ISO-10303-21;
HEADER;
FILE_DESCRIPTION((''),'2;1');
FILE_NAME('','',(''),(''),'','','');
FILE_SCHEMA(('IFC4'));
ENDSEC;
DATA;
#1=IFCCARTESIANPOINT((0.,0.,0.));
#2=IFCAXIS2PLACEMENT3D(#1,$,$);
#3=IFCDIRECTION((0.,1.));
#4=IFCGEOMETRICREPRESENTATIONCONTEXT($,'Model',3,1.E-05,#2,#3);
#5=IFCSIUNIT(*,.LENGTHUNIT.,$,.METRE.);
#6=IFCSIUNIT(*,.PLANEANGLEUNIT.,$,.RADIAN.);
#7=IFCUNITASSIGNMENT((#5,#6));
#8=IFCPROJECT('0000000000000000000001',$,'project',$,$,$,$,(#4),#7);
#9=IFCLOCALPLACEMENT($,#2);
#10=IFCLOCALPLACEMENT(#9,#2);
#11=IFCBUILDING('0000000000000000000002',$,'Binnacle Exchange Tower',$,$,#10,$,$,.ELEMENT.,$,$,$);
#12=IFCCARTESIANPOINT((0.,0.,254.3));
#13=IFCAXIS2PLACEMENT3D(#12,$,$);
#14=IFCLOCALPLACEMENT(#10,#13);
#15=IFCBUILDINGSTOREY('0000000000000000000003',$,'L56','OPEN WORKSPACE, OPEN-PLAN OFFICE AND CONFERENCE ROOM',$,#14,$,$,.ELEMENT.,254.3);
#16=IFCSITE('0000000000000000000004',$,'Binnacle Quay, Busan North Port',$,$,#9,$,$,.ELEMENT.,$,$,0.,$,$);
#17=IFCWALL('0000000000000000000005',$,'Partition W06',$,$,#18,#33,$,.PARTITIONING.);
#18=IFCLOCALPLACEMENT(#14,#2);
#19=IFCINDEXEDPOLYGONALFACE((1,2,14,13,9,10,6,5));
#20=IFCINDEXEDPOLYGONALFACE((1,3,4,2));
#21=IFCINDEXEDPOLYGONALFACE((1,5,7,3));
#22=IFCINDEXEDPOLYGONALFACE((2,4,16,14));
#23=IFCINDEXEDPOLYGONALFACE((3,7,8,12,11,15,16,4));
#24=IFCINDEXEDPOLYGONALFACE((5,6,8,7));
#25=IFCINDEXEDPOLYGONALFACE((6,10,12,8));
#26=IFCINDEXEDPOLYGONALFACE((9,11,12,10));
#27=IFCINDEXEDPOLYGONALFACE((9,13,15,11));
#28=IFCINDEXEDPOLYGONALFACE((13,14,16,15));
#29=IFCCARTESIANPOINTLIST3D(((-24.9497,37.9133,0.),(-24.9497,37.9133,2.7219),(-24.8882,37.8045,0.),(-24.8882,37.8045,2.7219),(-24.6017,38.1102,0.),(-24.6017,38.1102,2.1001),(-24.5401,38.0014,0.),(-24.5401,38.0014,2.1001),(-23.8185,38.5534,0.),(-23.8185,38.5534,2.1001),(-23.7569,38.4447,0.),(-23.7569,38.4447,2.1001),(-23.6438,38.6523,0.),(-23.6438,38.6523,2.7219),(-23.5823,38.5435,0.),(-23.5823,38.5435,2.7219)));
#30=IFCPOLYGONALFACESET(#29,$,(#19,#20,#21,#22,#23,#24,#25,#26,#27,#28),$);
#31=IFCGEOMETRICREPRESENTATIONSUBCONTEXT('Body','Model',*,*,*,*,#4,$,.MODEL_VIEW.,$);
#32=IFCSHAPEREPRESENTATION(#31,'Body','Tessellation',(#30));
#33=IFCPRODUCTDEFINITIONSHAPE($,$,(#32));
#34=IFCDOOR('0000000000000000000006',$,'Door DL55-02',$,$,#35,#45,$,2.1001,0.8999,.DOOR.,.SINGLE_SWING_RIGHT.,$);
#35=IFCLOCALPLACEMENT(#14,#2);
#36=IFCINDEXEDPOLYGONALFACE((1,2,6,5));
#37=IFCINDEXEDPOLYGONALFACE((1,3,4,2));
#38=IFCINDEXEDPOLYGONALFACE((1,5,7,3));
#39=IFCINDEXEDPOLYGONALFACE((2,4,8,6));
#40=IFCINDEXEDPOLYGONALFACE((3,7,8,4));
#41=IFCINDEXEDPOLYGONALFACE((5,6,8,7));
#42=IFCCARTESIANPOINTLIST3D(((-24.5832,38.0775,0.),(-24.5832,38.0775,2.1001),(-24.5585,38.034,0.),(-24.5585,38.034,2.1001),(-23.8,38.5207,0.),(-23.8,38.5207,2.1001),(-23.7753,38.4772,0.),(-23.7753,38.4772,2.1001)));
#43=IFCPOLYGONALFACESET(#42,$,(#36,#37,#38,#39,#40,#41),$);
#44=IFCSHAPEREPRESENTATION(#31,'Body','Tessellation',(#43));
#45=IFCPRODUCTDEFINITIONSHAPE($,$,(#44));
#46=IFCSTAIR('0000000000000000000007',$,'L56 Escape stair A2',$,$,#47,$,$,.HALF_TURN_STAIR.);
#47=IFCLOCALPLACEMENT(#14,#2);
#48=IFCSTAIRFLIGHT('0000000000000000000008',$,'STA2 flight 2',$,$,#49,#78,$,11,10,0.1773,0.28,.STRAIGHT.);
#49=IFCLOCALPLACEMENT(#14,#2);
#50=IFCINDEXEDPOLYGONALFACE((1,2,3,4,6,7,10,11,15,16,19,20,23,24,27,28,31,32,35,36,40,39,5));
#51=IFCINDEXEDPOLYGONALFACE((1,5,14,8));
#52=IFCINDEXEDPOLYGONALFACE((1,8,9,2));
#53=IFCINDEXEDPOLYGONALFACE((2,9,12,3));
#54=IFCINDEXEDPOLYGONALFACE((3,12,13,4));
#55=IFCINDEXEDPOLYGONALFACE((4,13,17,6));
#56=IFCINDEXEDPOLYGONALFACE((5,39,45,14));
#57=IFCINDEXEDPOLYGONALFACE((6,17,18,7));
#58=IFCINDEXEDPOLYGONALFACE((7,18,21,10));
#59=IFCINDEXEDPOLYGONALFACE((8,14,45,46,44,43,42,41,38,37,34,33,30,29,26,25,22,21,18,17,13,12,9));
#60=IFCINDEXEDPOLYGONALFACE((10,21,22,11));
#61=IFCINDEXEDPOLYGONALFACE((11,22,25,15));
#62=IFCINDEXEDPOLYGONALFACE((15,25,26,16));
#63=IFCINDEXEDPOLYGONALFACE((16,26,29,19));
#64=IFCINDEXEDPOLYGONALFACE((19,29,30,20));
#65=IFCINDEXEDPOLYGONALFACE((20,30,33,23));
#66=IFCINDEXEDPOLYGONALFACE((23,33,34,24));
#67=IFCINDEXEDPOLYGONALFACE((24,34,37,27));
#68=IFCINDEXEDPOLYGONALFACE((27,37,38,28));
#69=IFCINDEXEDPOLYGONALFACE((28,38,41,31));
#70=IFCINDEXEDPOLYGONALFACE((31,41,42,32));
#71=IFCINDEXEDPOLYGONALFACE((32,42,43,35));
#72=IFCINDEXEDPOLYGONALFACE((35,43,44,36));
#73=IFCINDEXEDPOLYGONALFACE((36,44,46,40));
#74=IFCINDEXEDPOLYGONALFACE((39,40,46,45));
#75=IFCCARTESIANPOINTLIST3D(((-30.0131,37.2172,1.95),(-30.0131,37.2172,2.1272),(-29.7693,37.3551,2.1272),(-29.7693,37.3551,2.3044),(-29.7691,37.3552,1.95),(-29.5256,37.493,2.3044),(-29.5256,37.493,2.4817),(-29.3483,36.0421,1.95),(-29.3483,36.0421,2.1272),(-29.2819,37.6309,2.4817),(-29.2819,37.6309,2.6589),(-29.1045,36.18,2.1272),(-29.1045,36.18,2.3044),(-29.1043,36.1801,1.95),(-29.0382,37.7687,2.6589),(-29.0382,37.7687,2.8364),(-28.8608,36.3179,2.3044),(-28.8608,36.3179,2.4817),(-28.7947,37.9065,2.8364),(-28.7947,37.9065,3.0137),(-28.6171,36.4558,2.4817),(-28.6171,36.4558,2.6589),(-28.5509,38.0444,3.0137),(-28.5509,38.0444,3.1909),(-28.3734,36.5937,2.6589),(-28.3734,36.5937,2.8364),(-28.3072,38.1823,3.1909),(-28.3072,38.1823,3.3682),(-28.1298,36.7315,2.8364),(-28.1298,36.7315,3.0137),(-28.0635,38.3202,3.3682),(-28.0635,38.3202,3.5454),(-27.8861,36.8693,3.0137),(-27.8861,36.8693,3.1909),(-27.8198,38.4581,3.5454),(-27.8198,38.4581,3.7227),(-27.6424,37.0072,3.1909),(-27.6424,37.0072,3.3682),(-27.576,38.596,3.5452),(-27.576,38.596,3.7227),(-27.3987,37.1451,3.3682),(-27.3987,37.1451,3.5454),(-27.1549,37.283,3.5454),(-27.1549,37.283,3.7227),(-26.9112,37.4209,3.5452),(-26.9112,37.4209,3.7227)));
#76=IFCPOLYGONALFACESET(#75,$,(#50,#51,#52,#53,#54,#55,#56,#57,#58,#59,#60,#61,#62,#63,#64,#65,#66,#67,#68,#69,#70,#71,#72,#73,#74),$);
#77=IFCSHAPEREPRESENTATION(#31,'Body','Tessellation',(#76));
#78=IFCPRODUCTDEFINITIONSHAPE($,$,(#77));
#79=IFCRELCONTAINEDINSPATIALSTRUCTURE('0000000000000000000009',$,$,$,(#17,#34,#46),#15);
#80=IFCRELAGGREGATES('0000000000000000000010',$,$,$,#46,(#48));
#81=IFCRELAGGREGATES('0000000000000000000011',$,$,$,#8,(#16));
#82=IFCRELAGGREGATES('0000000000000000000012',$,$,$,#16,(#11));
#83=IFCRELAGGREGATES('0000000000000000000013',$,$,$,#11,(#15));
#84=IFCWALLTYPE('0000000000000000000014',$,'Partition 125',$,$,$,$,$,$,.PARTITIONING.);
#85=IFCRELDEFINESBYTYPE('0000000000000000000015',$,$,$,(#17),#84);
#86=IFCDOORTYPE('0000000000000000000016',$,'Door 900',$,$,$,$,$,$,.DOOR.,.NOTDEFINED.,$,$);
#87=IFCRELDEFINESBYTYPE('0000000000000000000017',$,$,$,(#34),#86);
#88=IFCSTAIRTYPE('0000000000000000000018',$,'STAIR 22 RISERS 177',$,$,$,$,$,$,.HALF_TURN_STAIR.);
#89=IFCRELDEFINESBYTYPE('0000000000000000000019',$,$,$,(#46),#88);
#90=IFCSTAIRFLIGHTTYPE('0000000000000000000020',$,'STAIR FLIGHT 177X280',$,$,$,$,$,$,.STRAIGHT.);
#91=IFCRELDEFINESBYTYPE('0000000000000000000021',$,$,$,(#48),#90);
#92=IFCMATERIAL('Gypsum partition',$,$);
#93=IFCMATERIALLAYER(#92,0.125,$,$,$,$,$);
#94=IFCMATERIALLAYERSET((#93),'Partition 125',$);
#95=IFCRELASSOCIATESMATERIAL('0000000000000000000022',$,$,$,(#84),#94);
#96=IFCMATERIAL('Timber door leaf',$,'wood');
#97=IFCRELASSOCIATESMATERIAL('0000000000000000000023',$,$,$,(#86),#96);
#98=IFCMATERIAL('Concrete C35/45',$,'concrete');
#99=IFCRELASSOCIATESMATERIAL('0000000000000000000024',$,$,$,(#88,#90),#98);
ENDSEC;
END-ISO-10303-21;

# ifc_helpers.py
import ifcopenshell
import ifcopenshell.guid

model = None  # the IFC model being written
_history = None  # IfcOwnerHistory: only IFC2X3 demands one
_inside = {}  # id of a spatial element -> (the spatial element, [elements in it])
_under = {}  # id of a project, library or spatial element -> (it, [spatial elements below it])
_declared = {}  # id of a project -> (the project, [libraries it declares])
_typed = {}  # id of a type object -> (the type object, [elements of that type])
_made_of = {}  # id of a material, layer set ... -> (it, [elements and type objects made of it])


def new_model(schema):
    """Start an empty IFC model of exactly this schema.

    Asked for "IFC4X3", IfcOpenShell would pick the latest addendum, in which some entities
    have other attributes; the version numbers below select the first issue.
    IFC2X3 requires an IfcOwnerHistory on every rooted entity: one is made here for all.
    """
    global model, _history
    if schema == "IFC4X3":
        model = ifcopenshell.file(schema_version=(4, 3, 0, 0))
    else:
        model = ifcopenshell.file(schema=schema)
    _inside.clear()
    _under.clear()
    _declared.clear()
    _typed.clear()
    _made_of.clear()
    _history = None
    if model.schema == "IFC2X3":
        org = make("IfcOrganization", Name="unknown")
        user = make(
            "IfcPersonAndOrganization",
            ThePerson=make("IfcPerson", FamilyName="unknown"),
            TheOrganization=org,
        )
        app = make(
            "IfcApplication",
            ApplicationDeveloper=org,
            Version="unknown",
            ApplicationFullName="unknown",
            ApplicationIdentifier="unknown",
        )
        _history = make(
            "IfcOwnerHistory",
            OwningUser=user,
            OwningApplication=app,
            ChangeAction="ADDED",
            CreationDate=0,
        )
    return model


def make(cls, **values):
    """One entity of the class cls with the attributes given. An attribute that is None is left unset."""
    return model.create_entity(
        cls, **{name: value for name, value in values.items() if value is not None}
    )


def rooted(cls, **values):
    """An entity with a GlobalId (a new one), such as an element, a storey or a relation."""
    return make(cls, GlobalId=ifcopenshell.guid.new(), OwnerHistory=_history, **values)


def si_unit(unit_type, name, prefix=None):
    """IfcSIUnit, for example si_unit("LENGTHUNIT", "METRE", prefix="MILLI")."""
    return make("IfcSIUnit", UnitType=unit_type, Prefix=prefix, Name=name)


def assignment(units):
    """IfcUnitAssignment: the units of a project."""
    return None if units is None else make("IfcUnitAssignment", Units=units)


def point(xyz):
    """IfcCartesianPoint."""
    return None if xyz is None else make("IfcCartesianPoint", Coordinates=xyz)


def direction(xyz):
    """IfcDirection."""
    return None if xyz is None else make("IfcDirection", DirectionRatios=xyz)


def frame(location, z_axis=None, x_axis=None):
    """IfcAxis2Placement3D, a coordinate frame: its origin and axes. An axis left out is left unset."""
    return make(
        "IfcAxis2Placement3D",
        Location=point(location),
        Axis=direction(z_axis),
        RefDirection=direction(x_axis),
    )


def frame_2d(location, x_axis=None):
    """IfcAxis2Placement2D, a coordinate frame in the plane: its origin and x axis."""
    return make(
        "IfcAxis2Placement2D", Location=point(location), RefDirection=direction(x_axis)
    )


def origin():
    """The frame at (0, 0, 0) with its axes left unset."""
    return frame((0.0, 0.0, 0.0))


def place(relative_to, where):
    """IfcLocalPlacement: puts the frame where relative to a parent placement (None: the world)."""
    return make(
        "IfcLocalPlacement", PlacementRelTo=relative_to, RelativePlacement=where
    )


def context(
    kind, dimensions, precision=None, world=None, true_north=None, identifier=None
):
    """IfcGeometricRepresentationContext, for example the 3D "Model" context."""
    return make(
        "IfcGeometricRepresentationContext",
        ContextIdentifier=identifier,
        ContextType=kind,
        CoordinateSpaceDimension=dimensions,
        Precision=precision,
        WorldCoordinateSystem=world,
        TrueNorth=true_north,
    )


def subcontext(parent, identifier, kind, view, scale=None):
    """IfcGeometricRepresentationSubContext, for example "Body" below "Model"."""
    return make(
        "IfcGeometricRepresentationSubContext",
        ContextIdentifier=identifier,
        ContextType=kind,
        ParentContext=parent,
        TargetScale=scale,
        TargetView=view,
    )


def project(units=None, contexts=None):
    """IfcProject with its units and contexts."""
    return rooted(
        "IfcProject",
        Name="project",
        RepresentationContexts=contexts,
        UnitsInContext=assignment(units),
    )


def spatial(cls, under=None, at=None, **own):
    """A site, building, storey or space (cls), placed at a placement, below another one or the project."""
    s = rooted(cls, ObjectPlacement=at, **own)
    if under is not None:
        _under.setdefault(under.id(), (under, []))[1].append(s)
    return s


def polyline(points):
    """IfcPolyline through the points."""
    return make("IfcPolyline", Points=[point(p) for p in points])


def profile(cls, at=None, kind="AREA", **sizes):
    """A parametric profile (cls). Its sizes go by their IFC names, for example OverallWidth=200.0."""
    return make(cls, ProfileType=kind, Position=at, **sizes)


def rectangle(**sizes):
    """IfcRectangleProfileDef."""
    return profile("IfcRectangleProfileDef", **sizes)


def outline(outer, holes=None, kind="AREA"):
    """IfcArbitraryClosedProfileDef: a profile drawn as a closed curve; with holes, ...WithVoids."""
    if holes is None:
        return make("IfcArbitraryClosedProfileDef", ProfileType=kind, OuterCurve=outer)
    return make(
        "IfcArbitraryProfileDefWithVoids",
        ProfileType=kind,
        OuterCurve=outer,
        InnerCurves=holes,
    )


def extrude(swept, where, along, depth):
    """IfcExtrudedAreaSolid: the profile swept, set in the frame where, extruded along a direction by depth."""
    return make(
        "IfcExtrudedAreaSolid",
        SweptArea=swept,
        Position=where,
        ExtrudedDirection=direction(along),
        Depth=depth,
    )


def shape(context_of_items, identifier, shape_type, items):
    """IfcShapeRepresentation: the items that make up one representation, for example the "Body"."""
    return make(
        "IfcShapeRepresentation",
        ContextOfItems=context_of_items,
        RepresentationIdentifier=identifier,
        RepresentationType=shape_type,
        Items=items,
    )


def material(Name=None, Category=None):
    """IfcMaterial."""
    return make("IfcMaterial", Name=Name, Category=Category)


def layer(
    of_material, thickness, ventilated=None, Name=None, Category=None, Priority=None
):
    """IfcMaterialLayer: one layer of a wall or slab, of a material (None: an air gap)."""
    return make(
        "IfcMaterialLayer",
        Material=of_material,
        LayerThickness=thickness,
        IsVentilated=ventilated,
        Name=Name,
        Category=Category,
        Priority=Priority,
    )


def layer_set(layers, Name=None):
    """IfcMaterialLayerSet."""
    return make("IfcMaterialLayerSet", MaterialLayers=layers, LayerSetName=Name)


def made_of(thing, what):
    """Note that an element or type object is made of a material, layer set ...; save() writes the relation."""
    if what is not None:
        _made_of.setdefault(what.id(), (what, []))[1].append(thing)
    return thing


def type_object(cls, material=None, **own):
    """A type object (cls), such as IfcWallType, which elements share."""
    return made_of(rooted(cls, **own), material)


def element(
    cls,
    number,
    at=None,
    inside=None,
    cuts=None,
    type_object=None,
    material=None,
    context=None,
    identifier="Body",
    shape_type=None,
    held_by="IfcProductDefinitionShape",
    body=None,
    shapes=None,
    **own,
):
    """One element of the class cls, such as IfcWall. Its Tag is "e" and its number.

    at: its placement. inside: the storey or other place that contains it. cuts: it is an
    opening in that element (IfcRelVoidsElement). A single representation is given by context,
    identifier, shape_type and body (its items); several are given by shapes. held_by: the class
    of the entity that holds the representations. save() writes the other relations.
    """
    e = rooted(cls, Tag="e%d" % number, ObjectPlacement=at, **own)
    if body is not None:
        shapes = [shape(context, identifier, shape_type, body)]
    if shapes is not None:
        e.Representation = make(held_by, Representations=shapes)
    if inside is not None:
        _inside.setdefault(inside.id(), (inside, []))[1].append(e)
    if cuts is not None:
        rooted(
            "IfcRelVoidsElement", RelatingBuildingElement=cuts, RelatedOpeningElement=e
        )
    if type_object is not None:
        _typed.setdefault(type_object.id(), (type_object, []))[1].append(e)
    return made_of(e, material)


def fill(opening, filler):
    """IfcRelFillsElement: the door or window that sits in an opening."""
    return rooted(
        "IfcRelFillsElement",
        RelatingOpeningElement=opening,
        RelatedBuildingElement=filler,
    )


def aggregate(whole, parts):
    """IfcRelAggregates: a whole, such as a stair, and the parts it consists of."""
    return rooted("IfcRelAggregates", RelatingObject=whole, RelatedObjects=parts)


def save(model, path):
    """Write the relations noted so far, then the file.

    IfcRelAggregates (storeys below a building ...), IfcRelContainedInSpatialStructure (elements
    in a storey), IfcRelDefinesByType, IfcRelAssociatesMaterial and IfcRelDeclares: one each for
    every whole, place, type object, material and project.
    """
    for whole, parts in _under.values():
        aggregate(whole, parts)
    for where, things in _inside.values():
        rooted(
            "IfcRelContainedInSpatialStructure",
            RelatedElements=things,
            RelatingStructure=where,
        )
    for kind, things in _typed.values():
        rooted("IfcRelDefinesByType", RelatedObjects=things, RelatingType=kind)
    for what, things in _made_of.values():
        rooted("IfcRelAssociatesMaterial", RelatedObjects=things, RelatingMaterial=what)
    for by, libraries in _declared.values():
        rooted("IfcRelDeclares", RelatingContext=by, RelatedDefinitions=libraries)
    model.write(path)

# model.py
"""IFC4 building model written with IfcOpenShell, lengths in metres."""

from ifc_helpers import new_model, si_unit, direction, frame, frame_2d, origin, place, context, subcontext, project, spatial, polyline, rectangle, outline, extrude, material, layer, layer_set, type_object, element, fill, aggregate, save


model = new_model("IFC4")

# Units and contexts
model_context = context("Model", 3, precision=1e-05, world=origin(), true_north=direction((0.0, 1.0)))
body_context = subcontext(model_context, "Body", "Model", "MODEL_VIEW")
ifc_project = project(units=[si_unit("LENGTHUNIT", "METRE"), si_unit("PLANEANGLEUNIT", "RADIAN")], contexts=[model_context])

# Site, building, storey
site_placement = place(None, origin())
site = spatial("IfcSite", under=ifc_project, at=site_placement, Name="Binnacle Quay, Busan North Port", CompositionType="ELEMENT", RefElevation=0.0)
building_placement = place(site_placement, origin())
building = spatial("IfcBuilding", under=site, at=building_placement, Name="Binnacle Exchange Tower", CompositionType="ELEMENT")
storey_placement = place(building_placement, frame((0.0, 0.0, 254.3)))
storey = spatial("IfcBuildingStorey", under=building, at=storey_placement, Name="L56", Description="OPEN WORKSPACE, OPEN-PLAN OFFICE AND CONFERENCE ROOM", CompositionType="ELEMENT", Elevation=254.3)

# Wall, opening, door
ifc_material_1 = material(Name="Gypsum partition")
ifc_layer_1 = layer(ifc_material_1, 0.125)
ifc_layer_set_1 = layer_set([ifc_layer_1], Name="Partition 125")
wall_type_1 = type_object("IfcWallType", Name="Partition 125", PredefinedType="PARTITIONING", material=ifc_layer_set_1)
wall_1_placement = place(storey_placement, frame((-24.9189, 37.8589, 0.0), z_axis=(0.0, 0.0, 1.0), x_axis=(0.870308, 0.492508, 0.0)))
wall_1 = element("IfcWall", 1, at=wall_1_placement, inside=storey, type_object=wall_type_1, Name="Partition W06", PredefinedType="PARTITIONING", context=body_context, shape_type="SweptSolid", body=[
    extrude(rectangle(XDim=1.5005, YDim=0.125, at=frame_2d((0.7502, 0.0))), origin(), (0.0, 0.0, 1.0), 2.7219),
])
opening_1_placement = place(wall_1_placement, frame((0.3999, 0.0, 0.0)))
opening_1 = element("IfcOpeningElement", 2, at=opening_1_placement, cuts=wall_1, PredefinedType="OPENING", context=body_context, shape_type="SweptSolid", body=[
    extrude(rectangle(XDim=0.8999, YDim=2.1001, at=frame_2d((0.45, 1.05))), frame((0.0, 0.0725, 0.0), z_axis=(0.0, -1.0, 0.0), x_axis=(1.0, 0.0, 0.0)), (0.0, 0.0, 1.0), 0.145),
])
ifc_material_2 = material(Name="Timber door leaf", Category="wood")
door_type_1 = type_object("IfcDoorType", Name="Door 900", OperationType="NOTDEFINED", PredefinedType="DOOR", material=ifc_material_2)
door_1_placement = place(opening_1_placement, origin())
door_1 = element("IfcDoor", 3, at=door_1_placement, inside=storey, type_object=door_type_1, Name="Door DL55-02", OperationType="SINGLE_SWING_RIGHT", OverallHeight=2.1001, OverallWidth=0.8999, PredefinedType="DOOR", context=body_context, shape_type="SweptSolid", body=[
    extrude(rectangle(XDim=0.8999, YDim=2.1001, at=frame_2d((0.45, 1.05))), frame((0.0, 0.0249, 0.0), z_axis=(0.0, -1.0, 0.0), x_axis=(1.0, 0.0, 0.0)), (0.0, 0.0, 1.0), 0.05),
])
fill(opening_1, door_1)

# Stair, stair flight
ifc_material_3 = material(Name="Concrete C35/45", Category="concrete")
stair_type = type_object("IfcStairType", Name="STAIR 22 RISERS 177", PredefinedType="HALF_TURN_STAIR", material=ifc_material_3)
stair_placement = place(storey_placement, origin())
stair = element("IfcStair", 4, at=stair_placement, inside=storey, type_object=stair_type, Name="L56 Escape stair A2", PredefinedType="HALF_TURN_STAIR")
stair_flight_type = type_object("IfcStairFlightType", Name="STAIR FLIGHT 177X280", PredefinedType="STRAIGHT", material=ifc_material_3)
stair_flight_placement = place(storey_placement, frame((-29.6807, 36.6296, 1.95), z_axis=(0.0, 0.0, 1.0), x_axis=(0.870356, 0.492424, 0.0)))
stair_flight = element("IfcStairFlight", 5, at=stair_flight_placement, type_object=stair_flight_type, Name="STA2 flight 2", NumberOfRisers=11, NumberOfTreads=10, PredefinedType="STRAIGHT", RiserHeight=0.1773, TreadLength=0.28, context=body_context, shape_type="SweptSolid", body=[
    extrude(outline(polyline([(0.0, 0.0), (0.0, 0.1772), (0.28, 0.1772), (0.28, 0.3545), (0.5601, 0.3545), (0.5601, 0.5317), (0.8401, 0.5317), (0.8401, 0.709), (1.1201, 0.709), (1.1201, 0.8865), (1.3999, 0.8865), (1.3999, 1.0637), (1.6799, 1.0637), (1.6799, 1.241), (1.96, 1.241), (1.96, 1.4182), (2.24, 1.4182), (2.24, 1.5955), (2.52, 1.5955), (2.52, 1.7727), (2.8, 1.7727), (2.8, 1.95), (2.8, 1.5952), (0.2803, 0.0), (0.0, 0.0)])), frame((0.0, 0.675, 0.0), z_axis=(0.0, -1.0, 0.0), x_axis=(1.0, 0.0, 0.0)), (0.0, 0.0, 1.0), 1.3501),
])
aggregate(stair, [stair_flight])

save(model, "model.ifc")
